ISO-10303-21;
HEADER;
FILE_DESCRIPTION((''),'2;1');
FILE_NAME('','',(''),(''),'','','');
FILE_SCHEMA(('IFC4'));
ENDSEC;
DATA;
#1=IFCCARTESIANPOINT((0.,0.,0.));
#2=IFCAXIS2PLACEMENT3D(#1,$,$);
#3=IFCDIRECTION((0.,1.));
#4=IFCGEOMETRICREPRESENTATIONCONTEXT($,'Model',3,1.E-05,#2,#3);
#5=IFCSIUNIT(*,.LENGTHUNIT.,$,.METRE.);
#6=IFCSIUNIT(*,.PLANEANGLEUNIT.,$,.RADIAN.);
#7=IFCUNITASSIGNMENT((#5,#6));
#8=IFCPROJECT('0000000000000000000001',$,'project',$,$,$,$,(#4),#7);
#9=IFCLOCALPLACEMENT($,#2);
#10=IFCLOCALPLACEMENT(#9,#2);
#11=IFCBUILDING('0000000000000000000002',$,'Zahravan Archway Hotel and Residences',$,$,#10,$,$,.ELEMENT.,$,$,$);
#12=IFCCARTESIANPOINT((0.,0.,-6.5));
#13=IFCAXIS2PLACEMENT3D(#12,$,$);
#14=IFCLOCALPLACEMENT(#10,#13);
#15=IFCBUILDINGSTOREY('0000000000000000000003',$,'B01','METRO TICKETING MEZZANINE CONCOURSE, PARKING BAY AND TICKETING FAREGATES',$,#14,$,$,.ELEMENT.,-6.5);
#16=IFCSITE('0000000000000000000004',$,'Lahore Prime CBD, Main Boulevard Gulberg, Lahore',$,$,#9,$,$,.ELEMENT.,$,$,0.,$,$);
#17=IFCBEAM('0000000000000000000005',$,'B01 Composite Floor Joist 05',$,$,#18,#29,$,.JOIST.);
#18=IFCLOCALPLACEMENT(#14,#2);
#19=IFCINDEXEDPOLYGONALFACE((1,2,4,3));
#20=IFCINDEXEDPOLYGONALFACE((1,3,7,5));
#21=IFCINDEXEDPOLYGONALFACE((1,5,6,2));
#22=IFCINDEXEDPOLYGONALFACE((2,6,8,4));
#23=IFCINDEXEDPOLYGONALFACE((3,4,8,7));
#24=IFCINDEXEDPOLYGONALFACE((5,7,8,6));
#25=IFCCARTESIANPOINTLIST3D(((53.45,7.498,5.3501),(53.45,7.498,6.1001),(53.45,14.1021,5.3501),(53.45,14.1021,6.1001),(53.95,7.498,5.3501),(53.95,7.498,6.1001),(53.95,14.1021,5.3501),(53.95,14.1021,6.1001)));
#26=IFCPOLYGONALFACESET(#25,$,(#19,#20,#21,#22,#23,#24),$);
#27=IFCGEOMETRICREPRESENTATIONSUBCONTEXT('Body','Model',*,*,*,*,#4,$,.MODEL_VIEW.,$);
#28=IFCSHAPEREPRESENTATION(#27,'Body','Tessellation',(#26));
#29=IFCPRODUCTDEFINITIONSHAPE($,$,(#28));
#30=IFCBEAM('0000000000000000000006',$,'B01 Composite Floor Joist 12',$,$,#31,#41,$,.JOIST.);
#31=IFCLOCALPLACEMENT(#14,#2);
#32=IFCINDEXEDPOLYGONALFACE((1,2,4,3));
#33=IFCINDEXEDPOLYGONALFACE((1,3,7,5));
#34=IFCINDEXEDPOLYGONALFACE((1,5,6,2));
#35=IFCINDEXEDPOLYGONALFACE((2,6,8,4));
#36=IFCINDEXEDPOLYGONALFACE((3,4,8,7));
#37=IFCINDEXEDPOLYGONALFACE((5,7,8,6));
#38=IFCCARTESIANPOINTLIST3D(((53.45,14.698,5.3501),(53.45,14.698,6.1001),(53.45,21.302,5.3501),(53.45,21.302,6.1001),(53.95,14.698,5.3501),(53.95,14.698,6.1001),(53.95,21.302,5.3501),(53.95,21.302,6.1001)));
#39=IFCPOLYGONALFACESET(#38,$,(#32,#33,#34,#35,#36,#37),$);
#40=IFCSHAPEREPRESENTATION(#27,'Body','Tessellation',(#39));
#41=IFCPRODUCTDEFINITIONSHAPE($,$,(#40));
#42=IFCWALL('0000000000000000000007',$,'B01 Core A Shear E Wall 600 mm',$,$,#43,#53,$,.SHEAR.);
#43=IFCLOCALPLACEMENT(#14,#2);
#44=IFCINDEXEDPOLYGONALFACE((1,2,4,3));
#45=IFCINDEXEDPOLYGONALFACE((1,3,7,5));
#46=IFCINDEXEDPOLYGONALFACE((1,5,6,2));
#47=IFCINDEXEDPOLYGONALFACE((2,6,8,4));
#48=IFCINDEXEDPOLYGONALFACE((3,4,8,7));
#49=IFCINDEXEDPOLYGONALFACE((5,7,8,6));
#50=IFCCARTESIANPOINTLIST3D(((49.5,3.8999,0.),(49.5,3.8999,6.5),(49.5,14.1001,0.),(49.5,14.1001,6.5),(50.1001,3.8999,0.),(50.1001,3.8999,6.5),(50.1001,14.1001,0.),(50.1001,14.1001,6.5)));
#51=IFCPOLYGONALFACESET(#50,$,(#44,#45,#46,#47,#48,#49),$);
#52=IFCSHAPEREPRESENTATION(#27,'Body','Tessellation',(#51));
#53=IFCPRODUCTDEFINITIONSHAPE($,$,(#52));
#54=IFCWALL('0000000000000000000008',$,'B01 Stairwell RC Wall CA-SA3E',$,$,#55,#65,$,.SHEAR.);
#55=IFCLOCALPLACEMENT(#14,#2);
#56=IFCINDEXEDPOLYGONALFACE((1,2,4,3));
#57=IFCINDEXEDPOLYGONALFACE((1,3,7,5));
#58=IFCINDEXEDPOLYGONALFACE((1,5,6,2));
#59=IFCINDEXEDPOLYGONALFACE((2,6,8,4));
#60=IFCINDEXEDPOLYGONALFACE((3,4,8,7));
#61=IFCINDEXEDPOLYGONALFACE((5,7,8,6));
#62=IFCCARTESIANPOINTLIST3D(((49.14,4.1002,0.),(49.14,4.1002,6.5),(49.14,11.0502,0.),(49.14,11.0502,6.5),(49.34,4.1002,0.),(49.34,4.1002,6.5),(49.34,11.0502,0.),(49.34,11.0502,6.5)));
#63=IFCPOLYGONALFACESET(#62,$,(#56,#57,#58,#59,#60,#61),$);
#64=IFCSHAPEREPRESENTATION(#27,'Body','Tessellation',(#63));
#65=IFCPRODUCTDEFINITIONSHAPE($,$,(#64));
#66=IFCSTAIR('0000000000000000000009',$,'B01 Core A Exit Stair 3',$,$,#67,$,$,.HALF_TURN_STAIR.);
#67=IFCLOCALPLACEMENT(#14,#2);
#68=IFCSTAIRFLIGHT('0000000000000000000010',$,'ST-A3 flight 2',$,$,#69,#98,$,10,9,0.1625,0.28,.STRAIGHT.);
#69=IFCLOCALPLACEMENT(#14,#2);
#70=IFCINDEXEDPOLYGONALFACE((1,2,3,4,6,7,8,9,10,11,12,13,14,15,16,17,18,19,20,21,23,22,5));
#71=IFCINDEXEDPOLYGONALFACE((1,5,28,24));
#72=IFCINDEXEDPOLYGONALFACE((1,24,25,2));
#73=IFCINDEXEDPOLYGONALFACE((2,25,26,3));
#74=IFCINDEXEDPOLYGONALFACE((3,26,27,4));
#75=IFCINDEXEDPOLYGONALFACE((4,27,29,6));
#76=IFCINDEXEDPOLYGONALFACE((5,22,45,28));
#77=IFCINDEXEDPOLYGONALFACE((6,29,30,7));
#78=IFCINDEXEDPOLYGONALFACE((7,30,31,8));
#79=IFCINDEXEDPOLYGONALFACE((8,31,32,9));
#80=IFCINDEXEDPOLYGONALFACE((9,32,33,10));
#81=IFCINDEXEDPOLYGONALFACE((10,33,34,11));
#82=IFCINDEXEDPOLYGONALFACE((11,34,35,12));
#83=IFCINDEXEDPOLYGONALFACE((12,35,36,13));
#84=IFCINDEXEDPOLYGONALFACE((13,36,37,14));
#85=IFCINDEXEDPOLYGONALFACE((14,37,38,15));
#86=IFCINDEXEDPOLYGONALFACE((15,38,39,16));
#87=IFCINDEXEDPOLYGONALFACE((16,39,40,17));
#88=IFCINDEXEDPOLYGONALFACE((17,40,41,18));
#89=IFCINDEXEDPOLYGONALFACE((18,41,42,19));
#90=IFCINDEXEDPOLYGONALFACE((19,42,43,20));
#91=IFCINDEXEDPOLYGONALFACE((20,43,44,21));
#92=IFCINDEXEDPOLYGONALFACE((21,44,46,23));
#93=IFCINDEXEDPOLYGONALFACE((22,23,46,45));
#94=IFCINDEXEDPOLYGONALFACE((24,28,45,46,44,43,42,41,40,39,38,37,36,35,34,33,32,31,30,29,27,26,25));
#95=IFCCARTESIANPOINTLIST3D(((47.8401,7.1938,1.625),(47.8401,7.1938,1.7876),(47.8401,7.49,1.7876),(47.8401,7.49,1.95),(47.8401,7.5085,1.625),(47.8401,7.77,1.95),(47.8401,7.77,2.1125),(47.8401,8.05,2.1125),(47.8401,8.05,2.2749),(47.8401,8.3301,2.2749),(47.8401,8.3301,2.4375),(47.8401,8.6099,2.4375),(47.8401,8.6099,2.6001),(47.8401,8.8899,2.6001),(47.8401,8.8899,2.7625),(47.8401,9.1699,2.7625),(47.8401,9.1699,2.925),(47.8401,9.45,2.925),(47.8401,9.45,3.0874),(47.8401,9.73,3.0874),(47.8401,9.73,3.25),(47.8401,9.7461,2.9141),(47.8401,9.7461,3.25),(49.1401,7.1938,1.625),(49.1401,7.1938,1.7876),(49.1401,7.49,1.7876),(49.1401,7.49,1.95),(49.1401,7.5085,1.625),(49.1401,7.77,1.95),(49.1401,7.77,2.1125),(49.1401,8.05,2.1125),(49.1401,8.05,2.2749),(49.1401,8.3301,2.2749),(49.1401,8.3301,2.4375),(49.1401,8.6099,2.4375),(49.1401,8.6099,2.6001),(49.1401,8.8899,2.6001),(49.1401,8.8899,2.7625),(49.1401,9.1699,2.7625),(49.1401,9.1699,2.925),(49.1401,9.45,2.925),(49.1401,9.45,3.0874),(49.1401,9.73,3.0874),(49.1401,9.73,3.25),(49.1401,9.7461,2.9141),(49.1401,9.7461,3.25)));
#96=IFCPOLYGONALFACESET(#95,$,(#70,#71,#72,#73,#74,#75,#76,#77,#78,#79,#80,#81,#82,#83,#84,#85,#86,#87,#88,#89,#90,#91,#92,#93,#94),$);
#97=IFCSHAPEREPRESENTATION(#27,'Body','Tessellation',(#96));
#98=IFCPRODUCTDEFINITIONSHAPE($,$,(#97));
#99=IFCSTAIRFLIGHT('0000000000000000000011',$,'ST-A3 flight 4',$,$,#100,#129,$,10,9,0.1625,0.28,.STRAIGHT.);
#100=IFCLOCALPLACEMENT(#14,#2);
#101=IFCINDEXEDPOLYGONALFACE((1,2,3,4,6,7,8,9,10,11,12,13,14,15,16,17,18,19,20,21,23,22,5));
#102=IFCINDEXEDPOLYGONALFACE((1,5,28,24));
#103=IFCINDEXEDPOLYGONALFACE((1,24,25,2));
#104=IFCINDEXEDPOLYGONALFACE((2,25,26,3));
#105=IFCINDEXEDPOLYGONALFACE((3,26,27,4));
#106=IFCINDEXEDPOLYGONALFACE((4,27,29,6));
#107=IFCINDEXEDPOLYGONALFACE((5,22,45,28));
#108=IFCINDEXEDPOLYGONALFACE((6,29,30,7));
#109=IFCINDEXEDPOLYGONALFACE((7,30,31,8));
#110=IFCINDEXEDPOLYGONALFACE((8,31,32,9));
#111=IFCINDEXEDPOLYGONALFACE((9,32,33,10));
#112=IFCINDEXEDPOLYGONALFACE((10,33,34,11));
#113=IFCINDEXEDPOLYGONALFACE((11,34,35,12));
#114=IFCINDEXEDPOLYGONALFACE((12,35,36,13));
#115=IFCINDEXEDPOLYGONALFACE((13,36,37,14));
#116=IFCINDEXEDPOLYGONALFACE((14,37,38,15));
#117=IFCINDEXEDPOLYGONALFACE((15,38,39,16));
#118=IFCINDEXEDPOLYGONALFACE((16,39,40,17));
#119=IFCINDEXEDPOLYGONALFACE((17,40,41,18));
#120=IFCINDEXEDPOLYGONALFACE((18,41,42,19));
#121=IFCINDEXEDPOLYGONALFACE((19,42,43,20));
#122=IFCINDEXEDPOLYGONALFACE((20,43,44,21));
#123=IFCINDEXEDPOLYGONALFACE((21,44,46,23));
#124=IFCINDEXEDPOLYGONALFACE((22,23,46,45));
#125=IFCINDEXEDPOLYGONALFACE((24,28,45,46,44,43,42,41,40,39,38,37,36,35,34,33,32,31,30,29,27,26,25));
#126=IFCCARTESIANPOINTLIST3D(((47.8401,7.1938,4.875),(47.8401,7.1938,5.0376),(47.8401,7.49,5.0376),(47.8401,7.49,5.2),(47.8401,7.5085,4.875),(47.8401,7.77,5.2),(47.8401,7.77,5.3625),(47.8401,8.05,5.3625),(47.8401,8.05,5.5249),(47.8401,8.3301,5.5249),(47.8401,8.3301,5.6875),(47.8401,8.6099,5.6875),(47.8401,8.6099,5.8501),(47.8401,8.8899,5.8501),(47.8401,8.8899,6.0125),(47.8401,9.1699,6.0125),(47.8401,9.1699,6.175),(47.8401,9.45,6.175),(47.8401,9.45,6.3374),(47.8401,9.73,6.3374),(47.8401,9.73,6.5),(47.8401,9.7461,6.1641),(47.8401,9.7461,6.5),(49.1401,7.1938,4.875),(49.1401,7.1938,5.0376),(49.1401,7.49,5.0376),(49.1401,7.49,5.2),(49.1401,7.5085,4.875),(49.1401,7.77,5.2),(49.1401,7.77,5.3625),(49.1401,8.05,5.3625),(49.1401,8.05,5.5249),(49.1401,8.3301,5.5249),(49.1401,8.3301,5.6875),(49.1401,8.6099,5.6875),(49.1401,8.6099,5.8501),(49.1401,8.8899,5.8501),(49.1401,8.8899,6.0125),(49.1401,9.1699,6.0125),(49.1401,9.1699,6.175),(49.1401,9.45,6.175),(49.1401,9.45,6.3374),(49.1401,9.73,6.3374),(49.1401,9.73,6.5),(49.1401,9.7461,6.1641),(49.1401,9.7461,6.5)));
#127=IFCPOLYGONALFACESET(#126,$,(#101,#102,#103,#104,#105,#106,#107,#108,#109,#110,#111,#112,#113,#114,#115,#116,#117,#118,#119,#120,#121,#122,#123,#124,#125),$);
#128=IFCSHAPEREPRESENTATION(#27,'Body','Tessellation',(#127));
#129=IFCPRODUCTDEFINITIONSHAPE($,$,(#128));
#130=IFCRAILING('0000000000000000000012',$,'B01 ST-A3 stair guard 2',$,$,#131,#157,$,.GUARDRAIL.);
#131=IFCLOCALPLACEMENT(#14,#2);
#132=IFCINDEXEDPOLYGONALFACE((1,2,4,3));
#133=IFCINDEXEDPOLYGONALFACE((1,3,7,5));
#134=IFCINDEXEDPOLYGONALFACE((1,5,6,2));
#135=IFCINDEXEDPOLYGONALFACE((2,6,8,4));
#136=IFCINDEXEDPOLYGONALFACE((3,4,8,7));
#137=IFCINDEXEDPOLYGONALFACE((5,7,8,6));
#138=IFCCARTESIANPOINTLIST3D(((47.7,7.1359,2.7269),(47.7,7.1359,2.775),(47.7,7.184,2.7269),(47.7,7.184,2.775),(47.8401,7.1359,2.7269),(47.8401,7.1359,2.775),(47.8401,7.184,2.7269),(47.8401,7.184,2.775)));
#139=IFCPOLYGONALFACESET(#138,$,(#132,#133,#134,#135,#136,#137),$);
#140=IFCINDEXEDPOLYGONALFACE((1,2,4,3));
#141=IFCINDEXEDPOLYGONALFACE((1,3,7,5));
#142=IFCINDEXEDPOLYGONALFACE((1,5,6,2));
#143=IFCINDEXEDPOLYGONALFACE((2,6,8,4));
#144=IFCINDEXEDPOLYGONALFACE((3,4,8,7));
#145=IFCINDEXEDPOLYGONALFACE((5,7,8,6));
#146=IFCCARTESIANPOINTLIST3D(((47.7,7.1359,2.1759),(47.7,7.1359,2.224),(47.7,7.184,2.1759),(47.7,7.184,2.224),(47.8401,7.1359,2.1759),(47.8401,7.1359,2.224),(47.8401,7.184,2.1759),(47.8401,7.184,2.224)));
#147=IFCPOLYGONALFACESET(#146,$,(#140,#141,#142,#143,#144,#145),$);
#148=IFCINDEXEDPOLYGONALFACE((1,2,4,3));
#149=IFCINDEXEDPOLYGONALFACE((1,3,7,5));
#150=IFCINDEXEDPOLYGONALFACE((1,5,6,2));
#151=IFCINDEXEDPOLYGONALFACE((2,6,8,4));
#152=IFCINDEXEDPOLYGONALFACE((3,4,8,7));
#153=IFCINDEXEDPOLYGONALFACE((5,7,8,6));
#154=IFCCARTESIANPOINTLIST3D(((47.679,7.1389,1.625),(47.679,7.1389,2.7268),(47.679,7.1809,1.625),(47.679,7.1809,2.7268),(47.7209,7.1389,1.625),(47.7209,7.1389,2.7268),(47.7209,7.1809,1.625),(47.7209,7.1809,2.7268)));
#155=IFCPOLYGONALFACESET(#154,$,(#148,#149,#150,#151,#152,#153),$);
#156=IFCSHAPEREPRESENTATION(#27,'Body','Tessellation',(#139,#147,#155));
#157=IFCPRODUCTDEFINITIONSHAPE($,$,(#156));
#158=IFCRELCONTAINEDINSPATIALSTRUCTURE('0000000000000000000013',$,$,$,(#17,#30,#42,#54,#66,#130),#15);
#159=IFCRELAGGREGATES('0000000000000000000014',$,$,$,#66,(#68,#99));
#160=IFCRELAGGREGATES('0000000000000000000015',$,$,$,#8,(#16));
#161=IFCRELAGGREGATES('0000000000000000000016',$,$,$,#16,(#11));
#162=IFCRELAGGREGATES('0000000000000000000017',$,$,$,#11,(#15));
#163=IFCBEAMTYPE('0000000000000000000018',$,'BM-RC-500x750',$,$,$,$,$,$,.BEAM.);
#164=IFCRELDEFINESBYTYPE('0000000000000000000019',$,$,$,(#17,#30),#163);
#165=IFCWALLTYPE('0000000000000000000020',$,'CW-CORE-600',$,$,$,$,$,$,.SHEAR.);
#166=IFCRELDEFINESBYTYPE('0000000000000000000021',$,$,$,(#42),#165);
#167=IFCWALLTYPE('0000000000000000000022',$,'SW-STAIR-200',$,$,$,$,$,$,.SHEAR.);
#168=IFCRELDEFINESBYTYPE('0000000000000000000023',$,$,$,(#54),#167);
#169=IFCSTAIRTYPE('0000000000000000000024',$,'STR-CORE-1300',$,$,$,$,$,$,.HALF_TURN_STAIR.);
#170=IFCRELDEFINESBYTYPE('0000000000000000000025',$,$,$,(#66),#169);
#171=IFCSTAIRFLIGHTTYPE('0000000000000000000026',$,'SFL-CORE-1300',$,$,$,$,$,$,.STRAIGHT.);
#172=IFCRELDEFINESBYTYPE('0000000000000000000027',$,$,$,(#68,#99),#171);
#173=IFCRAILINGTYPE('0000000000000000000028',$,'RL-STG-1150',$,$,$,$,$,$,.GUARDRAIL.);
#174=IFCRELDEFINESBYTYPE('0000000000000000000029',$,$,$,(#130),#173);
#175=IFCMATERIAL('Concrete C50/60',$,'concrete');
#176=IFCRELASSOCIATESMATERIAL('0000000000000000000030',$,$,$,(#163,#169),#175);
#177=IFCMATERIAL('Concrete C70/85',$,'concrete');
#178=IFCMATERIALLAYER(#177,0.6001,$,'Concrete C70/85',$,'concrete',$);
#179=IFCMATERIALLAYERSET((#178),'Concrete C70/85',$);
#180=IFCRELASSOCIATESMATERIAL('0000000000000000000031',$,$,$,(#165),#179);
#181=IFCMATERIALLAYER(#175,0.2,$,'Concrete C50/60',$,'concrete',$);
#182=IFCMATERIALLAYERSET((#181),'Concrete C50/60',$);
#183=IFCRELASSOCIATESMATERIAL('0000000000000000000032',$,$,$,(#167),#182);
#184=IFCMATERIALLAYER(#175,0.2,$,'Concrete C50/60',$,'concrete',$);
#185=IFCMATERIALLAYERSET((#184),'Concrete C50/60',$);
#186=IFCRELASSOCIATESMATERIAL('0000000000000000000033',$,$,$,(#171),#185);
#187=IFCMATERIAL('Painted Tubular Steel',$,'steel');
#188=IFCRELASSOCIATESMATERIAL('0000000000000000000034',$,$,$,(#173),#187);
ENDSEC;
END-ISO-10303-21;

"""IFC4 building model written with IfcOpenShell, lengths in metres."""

from ifc_helpers import new_model, si_unit, direction, frame, frame_2d, origin, origin_2d, place, context, subcontext, project, spatial, polyline, rectangle, outline, extrude, source, transform, mapped, material, layer, layer_set, material_profile, profile_set, type_object, type_shapes, element, aggregate, save


model = new_model("IFC4")

# Units and contexts
model_context = context("Model", 3, precision=1e-05, world=origin(), true_north=direction((0.0, 1.0)))
body_context = subcontext(model_context, "Body", "Model", "MODEL_VIEW")
ifc_project = project(units=[si_unit("LENGTHUNIT", "METRE"), si_unit("PLANEANGLEUNIT", "RADIAN")], contexts=[model_context])

# Site, building, storey
site_placement = place(None, origin())
site = spatial("IfcSite", under=ifc_project, at=site_placement, Name="Lahore Prime CBD, Main Boulevard Gulberg, Lahore", CompositionType="ELEMENT", RefElevation=0.0)
building_placement = place(site_placement, origin())
building = spatial("IfcBuilding", under=site, at=building_placement, Name="Zahravan Archway Hotel and Residences", CompositionType="ELEMENT")
storey_placement = place(building_placement, frame((0.0, 0.0, -6.5)))
storey = spatial("IfcBuildingStorey", under=building, at=storey_placement, Name="B01", Description="METRO TICKETING MEZZANINE CONCOURSE, PARKING BAY AND TICKETING FAREGATES", CompositionType="ELEMENT", Elevation=-6.5)

# Shared definitions
ifc_material_1 = material(Name="Concrete C70/85", Category="concrete")
ifc_material_2 = material(Name="Concrete C50/60", Category="concrete")

# Beams
ifc_material_profile_1 = material_profile(ifc_material_2, rectangle(XDim=0.5, YDim=0.75, at=origin_2d()), Name="RC-BM-500x750", Category="concrete")
ifc_profile_set_1 = profile_set([ifc_material_profile_1], Name="Concrete C50/60")
beam_type_1 = type_object("IfcBeamType", Name="BM-RC-500x750", PredefinedType="BEAM", material=ifc_profile_set_1)
shared_shape_1 = source(origin(), body_context, "Body", "SweptSolid", [
    extrude(rectangle(XDim=0.5, YDim=0.75, at=origin_2d()), origin(), (0.0, 0.0, 1.0), 6.604),
])
type_shapes(beam_type_1, [shared_shape_1])
for number, where, z_axis, x_axis, name in (
    (1, (53.7, 7.498, 5.7251), (0.0, 1.0, 0.0), (-1.0, 0.0, 0.0), "B01 Composite Floor Joist 05"),
    (2, (53.7, 14.698, 5.7251), (0.0, 1.0, 0.0), (-1.0, 0.0, 0.0), "B01 Composite Floor Joist 12"),
):
    element("IfcBeam", number, at=place(storey_placement, frame(where, z_axis=z_axis, x_axis=x_axis)), inside=storey, type_object=beam_type_1, Name=name, PredefinedType="JOIST", context=body_context, shape_type="MappedRepresentation", body=[
        mapped(shared_shape_1, transform((0.0, 0.0, 0.0), scale=1.0)),
    ])

# Walls
ifc_layer_1 = layer(ifc_material_1, 0.6001, Name="Concrete C70/85", Category="concrete")
ifc_layer_set_1 = layer_set([ifc_layer_1], Name="Concrete C70/85")
wall_type_1 = type_object("IfcWallType", Name="CW-CORE-600", PredefinedType="SHEAR", material=ifc_layer_set_1)
wall_1_placement = place(storey_placement, frame((49.8, 3.8999, 0.0), z_axis=(0.0, 0.0, 1.0), x_axis=(0.0, 1.0, 0.0)))
element("IfcWall", 3, at=wall_1_placement, inside=storey, type_object=wall_type_1, Name="B01 Core A Shear E Wall 600 mm", PredefinedType="SHEAR", context=body_context, shape_type="SweptSolid", body=[
    extrude(rectangle(XDim=10.2002, YDim=0.6001, at=frame_2d((5.1001, 0.0))), origin(), (0.0, 0.0, 1.0), 6.5),
])
ifc_layer_2 = layer(ifc_material_2, 0.2, Name="Concrete C50/60", Category="concrete")
ifc_layer_set_2 = layer_set([ifc_layer_2], Name="Concrete C50/60")
wall_type_2 = type_object("IfcWallType", Name="SW-STAIR-200", PredefinedType="SHEAR", material=ifc_layer_set_2)
wall_2_placement = place(storey_placement, frame((49.24, 4.1001, 0.0), z_axis=(0.0, 0.0, 1.0), x_axis=(0.0, 1.0, 0.0)))
element("IfcWall", 4, at=wall_2_placement, inside=storey, type_object=wall_type_2, Name="B01 Stairwell RC Wall CA-SA3E", PredefinedType="SHEAR", context=body_context, shape_type="SweptSolid", body=[
    extrude(rectangle(XDim=6.95, YDim=0.2, at=frame_2d((3.4751, 0.0))), origin(), (0.0, 0.0, 1.0), 6.5),
])

# Stair, stair flights
stair_type = type_object("IfcStairType", Name="STR-CORE-1300", PredefinedType="HALF_TURN_STAIR", material=ifc_material_2)
stair_placement = place(storey_placement, origin())
stair = element("IfcStair", 5, at=stair_placement, inside=storey, type_object=stair_type, Name="B01 Core A Exit Stair 3", PredefinedType="HALF_TURN_STAIR")
ifc_layer_3 = layer(ifc_material_2, 0.2, Name="Concrete C50/60", Category="concrete")
ifc_layer_set_3 = layer_set([ifc_layer_3], Name="Concrete C50/60")
stair_flight_type = type_object("IfcStairFlightType", Name="SFL-CORE-1300", PredefinedType="STRAIGHT", material=ifc_layer_set_3)
shared_shape_2 = source(origin(), body_context, "Body", "SweptSolid", [
    extrude(outline(polyline([(-0.0161, 0.0), (-0.0161, 0.1626), (0.28, 0.1626), (0.28, 0.325), (0.5601, 0.325), (0.5601, 0.4875), (0.8401, 0.4875), (0.8401, 0.6499), (1.1201, 0.6499), (1.1201, 0.8125), (1.3999, 0.8125), (1.3999, 0.9751), (1.6799, 0.9751), (1.6799, 1.1375), (1.96, 1.1375), (1.96, 1.3), (2.24, 1.3), (2.24, 1.4624), (2.52, 1.4624), (2.52, 1.625), (2.5361, 1.625), (2.5361, 1.2891), (0.2986, 0.0), (-0.0161, 0.0)])), frame((0.0, 0.6499, 0.0), z_axis=(0.0, -1.0, 0.0), x_axis=(1.0, 0.0, 0.0)), (0.0, 0.0, 1.0), 1.3),
])
type_shapes(stair_flight_type, [shared_shape_2])
stair_flight_1_placement = place(storey_placement, frame((48.49, 7.21, 1.625), z_axis=(0.0, 0.0, 1.0), x_axis=(0.0, 1.0, 0.0)))
stair_flight_1 = element("IfcStairFlight", 6, at=stair_flight_1_placement, type_object=stair_flight_type, Name="ST-A3 flight 2", NumberOfRisers=10, NumberOfTreads=9, PredefinedType="STRAIGHT", RiserHeight=0.1625, TreadLength=0.28, context=body_context, shape_type="MappedRepresentation", body=[
    mapped(shared_shape_2, transform((0.0, 0.0, 0.0), scale=1.0)),
])
stair_flight_2_placement = place(storey_placement, frame((48.49, 7.21, 4.875), z_axis=(0.0, 0.0, 1.0), x_axis=(0.0, 1.0, 0.0)))
stair_flight_2 = element("IfcStairFlight", 7, at=stair_flight_2_placement, type_object=stair_flight_type, Name="ST-A3 flight 4", NumberOfRisers=10, NumberOfTreads=9, PredefinedType="STRAIGHT", RiserHeight=0.1625, TreadLength=0.28, context=body_context, shape_type="MappedRepresentation", body=[
    mapped(shared_shape_2, transform((0.0, 0.0, 0.0), scale=1.0)),
])
aggregate(stair, [stair_flight_1, stair_flight_2])

# Railing
ifc_material_3 = material(Name="Painted Tubular Steel", Category="steel")
railing_type_1 = type_object("IfcRailingType", Name="RL-STG-1150", PredefinedType="GUARDRAIL", material=ifc_material_3)
railing_1_placement = place(storey_placement, frame((47.7, 7.1599, 1.625)))
element("IfcRailing", 8, at=railing_1_placement, inside=storey, type_object=railing_type_1, Name="B01 ST-A3 stair guard 2", PredefinedType="GUARDRAIL", context=body_context, shape_type="SweptSolid", body=[
    extrude(rectangle(XDim=0.0481, YDim=0.0481, at=origin_2d()), frame((0.0, 0.0, 1.126), z_axis=(1.0, 0.0, 0.0), x_axis=(0.0, 1.0, 0.0)), (0.0, 0.0, 1.0), 0.1401),
    extrude(rectangle(XDim=0.0481, YDim=0.0481, at=origin_2d()), frame((0.0, 0.0, 0.575), z_axis=(1.0, 0.0, 0.0), x_axis=(0.0, 1.0, 0.0)), (0.0, 0.0, 1.0), 0.1401),
    extrude(rectangle(XDim=0.042, YDim=0.042, at=origin_2d()), origin(), (0.0, 0.0, 1.0), 1.1018),
])

save(model, "model.ifc")
